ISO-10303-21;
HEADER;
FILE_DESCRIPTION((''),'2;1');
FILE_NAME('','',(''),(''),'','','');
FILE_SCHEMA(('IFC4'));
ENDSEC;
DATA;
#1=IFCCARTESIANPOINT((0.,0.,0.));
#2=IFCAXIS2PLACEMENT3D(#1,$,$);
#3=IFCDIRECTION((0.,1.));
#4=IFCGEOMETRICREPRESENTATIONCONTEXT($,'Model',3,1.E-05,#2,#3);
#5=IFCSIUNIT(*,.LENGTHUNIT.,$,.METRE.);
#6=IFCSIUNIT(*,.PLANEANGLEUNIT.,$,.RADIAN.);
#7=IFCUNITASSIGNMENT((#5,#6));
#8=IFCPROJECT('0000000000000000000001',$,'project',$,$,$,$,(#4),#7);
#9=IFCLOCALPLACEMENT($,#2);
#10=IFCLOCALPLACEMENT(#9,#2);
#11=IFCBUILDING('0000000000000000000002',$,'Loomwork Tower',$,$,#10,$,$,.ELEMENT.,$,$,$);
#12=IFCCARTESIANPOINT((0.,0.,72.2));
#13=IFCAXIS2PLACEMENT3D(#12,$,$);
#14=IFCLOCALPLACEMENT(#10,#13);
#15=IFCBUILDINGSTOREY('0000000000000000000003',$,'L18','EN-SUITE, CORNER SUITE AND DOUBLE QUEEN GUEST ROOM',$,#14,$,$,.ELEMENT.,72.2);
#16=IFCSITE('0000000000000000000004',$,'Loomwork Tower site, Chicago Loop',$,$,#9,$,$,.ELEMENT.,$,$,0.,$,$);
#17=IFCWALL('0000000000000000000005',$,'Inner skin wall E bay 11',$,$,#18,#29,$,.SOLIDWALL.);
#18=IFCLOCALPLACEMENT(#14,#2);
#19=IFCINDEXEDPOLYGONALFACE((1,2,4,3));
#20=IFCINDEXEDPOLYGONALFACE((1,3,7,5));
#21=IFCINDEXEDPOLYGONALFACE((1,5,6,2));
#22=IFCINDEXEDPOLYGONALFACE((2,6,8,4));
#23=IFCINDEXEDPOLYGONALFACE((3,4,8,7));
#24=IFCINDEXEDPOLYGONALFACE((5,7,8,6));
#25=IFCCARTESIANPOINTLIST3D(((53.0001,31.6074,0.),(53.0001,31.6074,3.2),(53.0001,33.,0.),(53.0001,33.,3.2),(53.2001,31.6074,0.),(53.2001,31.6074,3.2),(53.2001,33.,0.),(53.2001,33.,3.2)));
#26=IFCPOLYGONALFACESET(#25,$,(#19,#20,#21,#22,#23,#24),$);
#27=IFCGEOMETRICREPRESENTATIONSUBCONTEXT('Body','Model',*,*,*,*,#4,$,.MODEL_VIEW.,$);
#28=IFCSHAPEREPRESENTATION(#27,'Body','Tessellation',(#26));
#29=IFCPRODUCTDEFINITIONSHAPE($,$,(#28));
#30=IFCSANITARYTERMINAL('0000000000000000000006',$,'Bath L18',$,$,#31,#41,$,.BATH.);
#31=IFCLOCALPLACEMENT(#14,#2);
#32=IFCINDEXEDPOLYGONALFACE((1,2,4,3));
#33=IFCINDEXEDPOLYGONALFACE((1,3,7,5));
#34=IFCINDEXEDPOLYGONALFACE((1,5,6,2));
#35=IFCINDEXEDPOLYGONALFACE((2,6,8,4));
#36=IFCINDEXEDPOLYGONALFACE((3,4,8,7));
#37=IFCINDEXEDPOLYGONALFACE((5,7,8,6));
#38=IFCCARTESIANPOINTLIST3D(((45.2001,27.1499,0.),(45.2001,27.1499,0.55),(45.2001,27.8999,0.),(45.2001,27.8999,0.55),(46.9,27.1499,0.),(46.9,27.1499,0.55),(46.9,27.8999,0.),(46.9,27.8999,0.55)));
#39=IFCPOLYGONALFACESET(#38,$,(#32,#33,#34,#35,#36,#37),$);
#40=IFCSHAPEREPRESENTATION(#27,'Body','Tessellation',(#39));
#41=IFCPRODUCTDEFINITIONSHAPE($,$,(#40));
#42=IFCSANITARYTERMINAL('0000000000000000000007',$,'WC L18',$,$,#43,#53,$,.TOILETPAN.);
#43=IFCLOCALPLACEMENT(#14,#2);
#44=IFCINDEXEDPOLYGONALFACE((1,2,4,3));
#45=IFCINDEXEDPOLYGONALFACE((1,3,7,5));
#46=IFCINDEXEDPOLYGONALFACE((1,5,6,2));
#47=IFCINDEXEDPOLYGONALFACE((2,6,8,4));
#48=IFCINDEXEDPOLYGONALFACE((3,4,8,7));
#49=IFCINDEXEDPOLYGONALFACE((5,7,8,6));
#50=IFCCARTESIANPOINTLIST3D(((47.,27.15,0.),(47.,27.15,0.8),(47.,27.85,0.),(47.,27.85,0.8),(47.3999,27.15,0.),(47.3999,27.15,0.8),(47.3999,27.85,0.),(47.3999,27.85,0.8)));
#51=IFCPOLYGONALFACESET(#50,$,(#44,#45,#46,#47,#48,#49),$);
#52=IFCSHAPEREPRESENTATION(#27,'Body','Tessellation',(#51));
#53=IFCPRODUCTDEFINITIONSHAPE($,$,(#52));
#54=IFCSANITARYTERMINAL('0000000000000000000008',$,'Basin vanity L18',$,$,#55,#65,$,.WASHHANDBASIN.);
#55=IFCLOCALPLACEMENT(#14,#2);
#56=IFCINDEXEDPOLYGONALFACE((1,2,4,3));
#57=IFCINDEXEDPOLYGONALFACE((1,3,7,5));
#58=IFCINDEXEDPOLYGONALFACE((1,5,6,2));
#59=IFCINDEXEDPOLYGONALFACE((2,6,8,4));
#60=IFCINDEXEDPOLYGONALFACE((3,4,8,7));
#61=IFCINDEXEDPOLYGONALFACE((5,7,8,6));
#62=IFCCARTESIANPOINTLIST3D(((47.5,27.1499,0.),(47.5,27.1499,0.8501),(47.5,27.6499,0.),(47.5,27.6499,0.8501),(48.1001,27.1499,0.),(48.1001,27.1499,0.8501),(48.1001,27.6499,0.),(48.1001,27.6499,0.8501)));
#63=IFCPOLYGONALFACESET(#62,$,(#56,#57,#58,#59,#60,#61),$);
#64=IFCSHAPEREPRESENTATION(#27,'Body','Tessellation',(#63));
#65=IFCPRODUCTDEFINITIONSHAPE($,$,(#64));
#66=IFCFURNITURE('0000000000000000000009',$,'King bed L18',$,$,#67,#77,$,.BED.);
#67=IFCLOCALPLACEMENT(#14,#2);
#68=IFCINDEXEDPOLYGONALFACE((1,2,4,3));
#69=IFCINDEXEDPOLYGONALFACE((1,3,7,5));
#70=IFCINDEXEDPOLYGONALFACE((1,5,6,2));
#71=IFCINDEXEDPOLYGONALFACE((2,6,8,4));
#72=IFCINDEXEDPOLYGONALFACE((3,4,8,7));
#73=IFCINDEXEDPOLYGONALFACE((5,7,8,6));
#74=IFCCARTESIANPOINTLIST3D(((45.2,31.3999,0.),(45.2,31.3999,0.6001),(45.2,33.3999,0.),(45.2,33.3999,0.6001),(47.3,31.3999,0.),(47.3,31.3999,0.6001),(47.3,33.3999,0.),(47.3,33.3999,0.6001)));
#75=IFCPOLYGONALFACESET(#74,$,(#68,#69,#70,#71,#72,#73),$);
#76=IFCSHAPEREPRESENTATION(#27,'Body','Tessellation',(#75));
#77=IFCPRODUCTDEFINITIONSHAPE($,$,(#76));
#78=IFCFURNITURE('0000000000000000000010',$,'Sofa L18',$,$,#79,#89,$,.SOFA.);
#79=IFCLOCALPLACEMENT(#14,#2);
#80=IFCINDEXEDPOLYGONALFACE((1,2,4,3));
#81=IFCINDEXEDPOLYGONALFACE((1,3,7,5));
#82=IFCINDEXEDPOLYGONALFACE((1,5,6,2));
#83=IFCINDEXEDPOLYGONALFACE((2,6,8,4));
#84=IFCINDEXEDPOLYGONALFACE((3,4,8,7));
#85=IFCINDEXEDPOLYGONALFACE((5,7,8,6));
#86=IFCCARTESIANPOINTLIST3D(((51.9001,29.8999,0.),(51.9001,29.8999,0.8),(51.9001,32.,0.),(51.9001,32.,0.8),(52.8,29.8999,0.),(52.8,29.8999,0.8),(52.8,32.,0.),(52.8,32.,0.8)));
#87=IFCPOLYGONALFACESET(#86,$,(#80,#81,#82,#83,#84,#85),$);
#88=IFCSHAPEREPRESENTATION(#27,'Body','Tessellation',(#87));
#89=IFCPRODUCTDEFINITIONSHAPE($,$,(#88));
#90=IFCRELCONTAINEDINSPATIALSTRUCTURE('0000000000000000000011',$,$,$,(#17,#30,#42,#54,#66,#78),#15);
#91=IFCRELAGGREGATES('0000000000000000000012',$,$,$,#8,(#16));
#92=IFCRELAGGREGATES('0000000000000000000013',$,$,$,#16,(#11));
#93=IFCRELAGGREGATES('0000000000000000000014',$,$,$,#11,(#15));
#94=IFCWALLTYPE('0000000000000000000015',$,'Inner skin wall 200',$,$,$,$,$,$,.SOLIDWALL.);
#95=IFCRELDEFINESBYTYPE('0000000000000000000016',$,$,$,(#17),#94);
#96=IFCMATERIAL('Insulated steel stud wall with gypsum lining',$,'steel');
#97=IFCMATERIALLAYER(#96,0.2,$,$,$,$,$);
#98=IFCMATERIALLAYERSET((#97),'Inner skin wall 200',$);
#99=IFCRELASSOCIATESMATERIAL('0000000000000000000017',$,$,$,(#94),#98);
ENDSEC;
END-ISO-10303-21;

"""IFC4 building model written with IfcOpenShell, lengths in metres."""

from ifc_helpers import new_model, si_unit, direction, frame, frame_2d, origin, origin_2d, place, context, subcontext, project, spatial, rectangle, extrude, material, layer, layer_set, type_object, element, save


model = new_model("IFC4")

# Units and contexts
model_context = context("Model", 3, precision=1e-05, world=origin(), true_north=direction((0.0, 1.0)))
body_context = subcontext(model_context, "Body", "Model", "MODEL_VIEW")
ifc_project = project(units=[si_unit("LENGTHUNIT", "METRE"), si_unit("PLANEANGLEUNIT", "RADIAN")], contexts=[model_context])

# Site, building, storey
site_placement = place(None, origin())
site = spatial("IfcSite", under=ifc_project, at=site_placement, Name="Loomwork Tower site, Chicago Loop", CompositionType="ELEMENT", RefElevation=0.0)
building_placement = place(site_placement, origin())
building = spatial("IfcBuilding", under=site, at=building_placement, Name="Loomwork Tower", CompositionType="ELEMENT")
storey_placement = place(building_placement, frame((0.0, 0.0, 72.2)))
storey = spatial("IfcBuildingStorey", under=building, at=storey_placement, Name="L18", Description="EN-SUITE, CORNER SUITE AND DOUBLE QUEEN GUEST ROOM", CompositionType="ELEMENT", Elevation=72.2)

# Wall
ifc_material_1 = material(Name="Insulated steel stud wall with gypsum lining", Category="steel")
ifc_layer_1 = layer(ifc_material_1, 0.2)
ifc_layer_set_1 = layer_set([ifc_layer_1], Name="Inner skin wall 200")
wall_type_1 = type_object("IfcWallType", Name="Inner skin wall 200", PredefinedType="SOLIDWALL", material=ifc_layer_set_1)
wall_1_placement = place(storey_placement, frame((53.1001, 31.6074, 0.0), z_axis=(0.0, 0.0, 1.0), x_axis=(0.0, 1.0, 0.0)))
element("IfcWall", 1, at=wall_1_placement, inside=storey, type_object=wall_type_1, Name="Inner skin wall E bay 11", PredefinedType="SOLIDWALL", context=body_context, shape_type="SweptSolid", body=[
    extrude(rectangle(XDim=1.3926, YDim=0.2, at=frame_2d((0.6963, 0.0))), origin(), (0.0, 0.0, 1.0), 3.2),
])

# Sanitary terminals
sanitary_terminal_1_placement = place(storey_placement, frame((46.05, 27.5249, 0.0), z_axis=(0.0, 0.0, 1.0), x_axis=(1.0, 0.0, 0.0)))
element("IfcSanitaryTerminal", 2, at=sanitary_terminal_1_placement, inside=storey, Name="Bath L18", PredefinedType="BATH", context=body_context, shape_type="SweptSolid", body=[
    extrude(rectangle(XDim=1.7, YDim=0.75, at=origin_2d()), origin(), (0.0, 0.0, 1.0), 0.55),
])
sanitary_terminal_2_placement = place(storey_placement, frame((47.2, 27.5, 0.0), z_axis=(0.0, 0.0, 1.0), x_axis=(1.0, 0.0, 0.0)))
element("IfcSanitaryTerminal", 3, at=sanitary_terminal_2_placement, inside=storey, Name="WC L18", PredefinedType="TOILETPAN", context=body_context, shape_type="SweptSolid", body=[
    extrude(rectangle(XDim=0.3999, YDim=0.7, at=origin_2d()), origin(), (0.0, 0.0, 1.0), 0.8),
])
sanitary_terminal_3_placement = place(storey_placement, frame((47.8, 27.3999, 0.0), z_axis=(0.0, 0.0, 1.0), x_axis=(1.0, 0.0, 0.0)))
element("IfcSanitaryTerminal", 4, at=sanitary_terminal_3_placement, inside=storey, Name="Basin vanity L18", PredefinedType="WASHHANDBASIN", context=body_context, shape_type="SweptSolid", body=[
    extrude(rectangle(XDim=0.6001, YDim=0.5, at=origin_2d()), origin(), (0.0, 0.0, 1.0), 0.8501),
])

# Furniture
furniture_1_placement = place(storey_placement, frame((46.25, 32.3999, 0.0), z_axis=(0.0, 0.0, 1.0), x_axis=(1.0, 0.0, 0.0)))
element("IfcFurniture", 5, at=furniture_1_placement, inside=storey, Name="King bed L18", PredefinedType="BED", context=body_context, shape_type="SweptSolid", body=[
    extrude(rectangle(XDim=2.1001, YDim=2.0, at=origin_2d()), origin(), (0.0, 0.0, 1.0), 0.6001),
])
furniture_2_placement = place(storey_placement, frame((52.3501, 30.95, 0.0), z_axis=(0.0, 0.0, 1.0), x_axis=(1.0, 0.0, 0.0)))
element("IfcFurniture", 6, at=furniture_2_placement, inside=storey, Name="Sofa L18", PredefinedType="SOFA", context=body_context, shape_type="SweptSolid", body=[
    extrude(rectangle(XDim=0.8999, YDim=2.1001, at=origin_2d()), origin(), (0.0, 0.0, 1.0), 0.8),
])

save(model, "model.ifc")
